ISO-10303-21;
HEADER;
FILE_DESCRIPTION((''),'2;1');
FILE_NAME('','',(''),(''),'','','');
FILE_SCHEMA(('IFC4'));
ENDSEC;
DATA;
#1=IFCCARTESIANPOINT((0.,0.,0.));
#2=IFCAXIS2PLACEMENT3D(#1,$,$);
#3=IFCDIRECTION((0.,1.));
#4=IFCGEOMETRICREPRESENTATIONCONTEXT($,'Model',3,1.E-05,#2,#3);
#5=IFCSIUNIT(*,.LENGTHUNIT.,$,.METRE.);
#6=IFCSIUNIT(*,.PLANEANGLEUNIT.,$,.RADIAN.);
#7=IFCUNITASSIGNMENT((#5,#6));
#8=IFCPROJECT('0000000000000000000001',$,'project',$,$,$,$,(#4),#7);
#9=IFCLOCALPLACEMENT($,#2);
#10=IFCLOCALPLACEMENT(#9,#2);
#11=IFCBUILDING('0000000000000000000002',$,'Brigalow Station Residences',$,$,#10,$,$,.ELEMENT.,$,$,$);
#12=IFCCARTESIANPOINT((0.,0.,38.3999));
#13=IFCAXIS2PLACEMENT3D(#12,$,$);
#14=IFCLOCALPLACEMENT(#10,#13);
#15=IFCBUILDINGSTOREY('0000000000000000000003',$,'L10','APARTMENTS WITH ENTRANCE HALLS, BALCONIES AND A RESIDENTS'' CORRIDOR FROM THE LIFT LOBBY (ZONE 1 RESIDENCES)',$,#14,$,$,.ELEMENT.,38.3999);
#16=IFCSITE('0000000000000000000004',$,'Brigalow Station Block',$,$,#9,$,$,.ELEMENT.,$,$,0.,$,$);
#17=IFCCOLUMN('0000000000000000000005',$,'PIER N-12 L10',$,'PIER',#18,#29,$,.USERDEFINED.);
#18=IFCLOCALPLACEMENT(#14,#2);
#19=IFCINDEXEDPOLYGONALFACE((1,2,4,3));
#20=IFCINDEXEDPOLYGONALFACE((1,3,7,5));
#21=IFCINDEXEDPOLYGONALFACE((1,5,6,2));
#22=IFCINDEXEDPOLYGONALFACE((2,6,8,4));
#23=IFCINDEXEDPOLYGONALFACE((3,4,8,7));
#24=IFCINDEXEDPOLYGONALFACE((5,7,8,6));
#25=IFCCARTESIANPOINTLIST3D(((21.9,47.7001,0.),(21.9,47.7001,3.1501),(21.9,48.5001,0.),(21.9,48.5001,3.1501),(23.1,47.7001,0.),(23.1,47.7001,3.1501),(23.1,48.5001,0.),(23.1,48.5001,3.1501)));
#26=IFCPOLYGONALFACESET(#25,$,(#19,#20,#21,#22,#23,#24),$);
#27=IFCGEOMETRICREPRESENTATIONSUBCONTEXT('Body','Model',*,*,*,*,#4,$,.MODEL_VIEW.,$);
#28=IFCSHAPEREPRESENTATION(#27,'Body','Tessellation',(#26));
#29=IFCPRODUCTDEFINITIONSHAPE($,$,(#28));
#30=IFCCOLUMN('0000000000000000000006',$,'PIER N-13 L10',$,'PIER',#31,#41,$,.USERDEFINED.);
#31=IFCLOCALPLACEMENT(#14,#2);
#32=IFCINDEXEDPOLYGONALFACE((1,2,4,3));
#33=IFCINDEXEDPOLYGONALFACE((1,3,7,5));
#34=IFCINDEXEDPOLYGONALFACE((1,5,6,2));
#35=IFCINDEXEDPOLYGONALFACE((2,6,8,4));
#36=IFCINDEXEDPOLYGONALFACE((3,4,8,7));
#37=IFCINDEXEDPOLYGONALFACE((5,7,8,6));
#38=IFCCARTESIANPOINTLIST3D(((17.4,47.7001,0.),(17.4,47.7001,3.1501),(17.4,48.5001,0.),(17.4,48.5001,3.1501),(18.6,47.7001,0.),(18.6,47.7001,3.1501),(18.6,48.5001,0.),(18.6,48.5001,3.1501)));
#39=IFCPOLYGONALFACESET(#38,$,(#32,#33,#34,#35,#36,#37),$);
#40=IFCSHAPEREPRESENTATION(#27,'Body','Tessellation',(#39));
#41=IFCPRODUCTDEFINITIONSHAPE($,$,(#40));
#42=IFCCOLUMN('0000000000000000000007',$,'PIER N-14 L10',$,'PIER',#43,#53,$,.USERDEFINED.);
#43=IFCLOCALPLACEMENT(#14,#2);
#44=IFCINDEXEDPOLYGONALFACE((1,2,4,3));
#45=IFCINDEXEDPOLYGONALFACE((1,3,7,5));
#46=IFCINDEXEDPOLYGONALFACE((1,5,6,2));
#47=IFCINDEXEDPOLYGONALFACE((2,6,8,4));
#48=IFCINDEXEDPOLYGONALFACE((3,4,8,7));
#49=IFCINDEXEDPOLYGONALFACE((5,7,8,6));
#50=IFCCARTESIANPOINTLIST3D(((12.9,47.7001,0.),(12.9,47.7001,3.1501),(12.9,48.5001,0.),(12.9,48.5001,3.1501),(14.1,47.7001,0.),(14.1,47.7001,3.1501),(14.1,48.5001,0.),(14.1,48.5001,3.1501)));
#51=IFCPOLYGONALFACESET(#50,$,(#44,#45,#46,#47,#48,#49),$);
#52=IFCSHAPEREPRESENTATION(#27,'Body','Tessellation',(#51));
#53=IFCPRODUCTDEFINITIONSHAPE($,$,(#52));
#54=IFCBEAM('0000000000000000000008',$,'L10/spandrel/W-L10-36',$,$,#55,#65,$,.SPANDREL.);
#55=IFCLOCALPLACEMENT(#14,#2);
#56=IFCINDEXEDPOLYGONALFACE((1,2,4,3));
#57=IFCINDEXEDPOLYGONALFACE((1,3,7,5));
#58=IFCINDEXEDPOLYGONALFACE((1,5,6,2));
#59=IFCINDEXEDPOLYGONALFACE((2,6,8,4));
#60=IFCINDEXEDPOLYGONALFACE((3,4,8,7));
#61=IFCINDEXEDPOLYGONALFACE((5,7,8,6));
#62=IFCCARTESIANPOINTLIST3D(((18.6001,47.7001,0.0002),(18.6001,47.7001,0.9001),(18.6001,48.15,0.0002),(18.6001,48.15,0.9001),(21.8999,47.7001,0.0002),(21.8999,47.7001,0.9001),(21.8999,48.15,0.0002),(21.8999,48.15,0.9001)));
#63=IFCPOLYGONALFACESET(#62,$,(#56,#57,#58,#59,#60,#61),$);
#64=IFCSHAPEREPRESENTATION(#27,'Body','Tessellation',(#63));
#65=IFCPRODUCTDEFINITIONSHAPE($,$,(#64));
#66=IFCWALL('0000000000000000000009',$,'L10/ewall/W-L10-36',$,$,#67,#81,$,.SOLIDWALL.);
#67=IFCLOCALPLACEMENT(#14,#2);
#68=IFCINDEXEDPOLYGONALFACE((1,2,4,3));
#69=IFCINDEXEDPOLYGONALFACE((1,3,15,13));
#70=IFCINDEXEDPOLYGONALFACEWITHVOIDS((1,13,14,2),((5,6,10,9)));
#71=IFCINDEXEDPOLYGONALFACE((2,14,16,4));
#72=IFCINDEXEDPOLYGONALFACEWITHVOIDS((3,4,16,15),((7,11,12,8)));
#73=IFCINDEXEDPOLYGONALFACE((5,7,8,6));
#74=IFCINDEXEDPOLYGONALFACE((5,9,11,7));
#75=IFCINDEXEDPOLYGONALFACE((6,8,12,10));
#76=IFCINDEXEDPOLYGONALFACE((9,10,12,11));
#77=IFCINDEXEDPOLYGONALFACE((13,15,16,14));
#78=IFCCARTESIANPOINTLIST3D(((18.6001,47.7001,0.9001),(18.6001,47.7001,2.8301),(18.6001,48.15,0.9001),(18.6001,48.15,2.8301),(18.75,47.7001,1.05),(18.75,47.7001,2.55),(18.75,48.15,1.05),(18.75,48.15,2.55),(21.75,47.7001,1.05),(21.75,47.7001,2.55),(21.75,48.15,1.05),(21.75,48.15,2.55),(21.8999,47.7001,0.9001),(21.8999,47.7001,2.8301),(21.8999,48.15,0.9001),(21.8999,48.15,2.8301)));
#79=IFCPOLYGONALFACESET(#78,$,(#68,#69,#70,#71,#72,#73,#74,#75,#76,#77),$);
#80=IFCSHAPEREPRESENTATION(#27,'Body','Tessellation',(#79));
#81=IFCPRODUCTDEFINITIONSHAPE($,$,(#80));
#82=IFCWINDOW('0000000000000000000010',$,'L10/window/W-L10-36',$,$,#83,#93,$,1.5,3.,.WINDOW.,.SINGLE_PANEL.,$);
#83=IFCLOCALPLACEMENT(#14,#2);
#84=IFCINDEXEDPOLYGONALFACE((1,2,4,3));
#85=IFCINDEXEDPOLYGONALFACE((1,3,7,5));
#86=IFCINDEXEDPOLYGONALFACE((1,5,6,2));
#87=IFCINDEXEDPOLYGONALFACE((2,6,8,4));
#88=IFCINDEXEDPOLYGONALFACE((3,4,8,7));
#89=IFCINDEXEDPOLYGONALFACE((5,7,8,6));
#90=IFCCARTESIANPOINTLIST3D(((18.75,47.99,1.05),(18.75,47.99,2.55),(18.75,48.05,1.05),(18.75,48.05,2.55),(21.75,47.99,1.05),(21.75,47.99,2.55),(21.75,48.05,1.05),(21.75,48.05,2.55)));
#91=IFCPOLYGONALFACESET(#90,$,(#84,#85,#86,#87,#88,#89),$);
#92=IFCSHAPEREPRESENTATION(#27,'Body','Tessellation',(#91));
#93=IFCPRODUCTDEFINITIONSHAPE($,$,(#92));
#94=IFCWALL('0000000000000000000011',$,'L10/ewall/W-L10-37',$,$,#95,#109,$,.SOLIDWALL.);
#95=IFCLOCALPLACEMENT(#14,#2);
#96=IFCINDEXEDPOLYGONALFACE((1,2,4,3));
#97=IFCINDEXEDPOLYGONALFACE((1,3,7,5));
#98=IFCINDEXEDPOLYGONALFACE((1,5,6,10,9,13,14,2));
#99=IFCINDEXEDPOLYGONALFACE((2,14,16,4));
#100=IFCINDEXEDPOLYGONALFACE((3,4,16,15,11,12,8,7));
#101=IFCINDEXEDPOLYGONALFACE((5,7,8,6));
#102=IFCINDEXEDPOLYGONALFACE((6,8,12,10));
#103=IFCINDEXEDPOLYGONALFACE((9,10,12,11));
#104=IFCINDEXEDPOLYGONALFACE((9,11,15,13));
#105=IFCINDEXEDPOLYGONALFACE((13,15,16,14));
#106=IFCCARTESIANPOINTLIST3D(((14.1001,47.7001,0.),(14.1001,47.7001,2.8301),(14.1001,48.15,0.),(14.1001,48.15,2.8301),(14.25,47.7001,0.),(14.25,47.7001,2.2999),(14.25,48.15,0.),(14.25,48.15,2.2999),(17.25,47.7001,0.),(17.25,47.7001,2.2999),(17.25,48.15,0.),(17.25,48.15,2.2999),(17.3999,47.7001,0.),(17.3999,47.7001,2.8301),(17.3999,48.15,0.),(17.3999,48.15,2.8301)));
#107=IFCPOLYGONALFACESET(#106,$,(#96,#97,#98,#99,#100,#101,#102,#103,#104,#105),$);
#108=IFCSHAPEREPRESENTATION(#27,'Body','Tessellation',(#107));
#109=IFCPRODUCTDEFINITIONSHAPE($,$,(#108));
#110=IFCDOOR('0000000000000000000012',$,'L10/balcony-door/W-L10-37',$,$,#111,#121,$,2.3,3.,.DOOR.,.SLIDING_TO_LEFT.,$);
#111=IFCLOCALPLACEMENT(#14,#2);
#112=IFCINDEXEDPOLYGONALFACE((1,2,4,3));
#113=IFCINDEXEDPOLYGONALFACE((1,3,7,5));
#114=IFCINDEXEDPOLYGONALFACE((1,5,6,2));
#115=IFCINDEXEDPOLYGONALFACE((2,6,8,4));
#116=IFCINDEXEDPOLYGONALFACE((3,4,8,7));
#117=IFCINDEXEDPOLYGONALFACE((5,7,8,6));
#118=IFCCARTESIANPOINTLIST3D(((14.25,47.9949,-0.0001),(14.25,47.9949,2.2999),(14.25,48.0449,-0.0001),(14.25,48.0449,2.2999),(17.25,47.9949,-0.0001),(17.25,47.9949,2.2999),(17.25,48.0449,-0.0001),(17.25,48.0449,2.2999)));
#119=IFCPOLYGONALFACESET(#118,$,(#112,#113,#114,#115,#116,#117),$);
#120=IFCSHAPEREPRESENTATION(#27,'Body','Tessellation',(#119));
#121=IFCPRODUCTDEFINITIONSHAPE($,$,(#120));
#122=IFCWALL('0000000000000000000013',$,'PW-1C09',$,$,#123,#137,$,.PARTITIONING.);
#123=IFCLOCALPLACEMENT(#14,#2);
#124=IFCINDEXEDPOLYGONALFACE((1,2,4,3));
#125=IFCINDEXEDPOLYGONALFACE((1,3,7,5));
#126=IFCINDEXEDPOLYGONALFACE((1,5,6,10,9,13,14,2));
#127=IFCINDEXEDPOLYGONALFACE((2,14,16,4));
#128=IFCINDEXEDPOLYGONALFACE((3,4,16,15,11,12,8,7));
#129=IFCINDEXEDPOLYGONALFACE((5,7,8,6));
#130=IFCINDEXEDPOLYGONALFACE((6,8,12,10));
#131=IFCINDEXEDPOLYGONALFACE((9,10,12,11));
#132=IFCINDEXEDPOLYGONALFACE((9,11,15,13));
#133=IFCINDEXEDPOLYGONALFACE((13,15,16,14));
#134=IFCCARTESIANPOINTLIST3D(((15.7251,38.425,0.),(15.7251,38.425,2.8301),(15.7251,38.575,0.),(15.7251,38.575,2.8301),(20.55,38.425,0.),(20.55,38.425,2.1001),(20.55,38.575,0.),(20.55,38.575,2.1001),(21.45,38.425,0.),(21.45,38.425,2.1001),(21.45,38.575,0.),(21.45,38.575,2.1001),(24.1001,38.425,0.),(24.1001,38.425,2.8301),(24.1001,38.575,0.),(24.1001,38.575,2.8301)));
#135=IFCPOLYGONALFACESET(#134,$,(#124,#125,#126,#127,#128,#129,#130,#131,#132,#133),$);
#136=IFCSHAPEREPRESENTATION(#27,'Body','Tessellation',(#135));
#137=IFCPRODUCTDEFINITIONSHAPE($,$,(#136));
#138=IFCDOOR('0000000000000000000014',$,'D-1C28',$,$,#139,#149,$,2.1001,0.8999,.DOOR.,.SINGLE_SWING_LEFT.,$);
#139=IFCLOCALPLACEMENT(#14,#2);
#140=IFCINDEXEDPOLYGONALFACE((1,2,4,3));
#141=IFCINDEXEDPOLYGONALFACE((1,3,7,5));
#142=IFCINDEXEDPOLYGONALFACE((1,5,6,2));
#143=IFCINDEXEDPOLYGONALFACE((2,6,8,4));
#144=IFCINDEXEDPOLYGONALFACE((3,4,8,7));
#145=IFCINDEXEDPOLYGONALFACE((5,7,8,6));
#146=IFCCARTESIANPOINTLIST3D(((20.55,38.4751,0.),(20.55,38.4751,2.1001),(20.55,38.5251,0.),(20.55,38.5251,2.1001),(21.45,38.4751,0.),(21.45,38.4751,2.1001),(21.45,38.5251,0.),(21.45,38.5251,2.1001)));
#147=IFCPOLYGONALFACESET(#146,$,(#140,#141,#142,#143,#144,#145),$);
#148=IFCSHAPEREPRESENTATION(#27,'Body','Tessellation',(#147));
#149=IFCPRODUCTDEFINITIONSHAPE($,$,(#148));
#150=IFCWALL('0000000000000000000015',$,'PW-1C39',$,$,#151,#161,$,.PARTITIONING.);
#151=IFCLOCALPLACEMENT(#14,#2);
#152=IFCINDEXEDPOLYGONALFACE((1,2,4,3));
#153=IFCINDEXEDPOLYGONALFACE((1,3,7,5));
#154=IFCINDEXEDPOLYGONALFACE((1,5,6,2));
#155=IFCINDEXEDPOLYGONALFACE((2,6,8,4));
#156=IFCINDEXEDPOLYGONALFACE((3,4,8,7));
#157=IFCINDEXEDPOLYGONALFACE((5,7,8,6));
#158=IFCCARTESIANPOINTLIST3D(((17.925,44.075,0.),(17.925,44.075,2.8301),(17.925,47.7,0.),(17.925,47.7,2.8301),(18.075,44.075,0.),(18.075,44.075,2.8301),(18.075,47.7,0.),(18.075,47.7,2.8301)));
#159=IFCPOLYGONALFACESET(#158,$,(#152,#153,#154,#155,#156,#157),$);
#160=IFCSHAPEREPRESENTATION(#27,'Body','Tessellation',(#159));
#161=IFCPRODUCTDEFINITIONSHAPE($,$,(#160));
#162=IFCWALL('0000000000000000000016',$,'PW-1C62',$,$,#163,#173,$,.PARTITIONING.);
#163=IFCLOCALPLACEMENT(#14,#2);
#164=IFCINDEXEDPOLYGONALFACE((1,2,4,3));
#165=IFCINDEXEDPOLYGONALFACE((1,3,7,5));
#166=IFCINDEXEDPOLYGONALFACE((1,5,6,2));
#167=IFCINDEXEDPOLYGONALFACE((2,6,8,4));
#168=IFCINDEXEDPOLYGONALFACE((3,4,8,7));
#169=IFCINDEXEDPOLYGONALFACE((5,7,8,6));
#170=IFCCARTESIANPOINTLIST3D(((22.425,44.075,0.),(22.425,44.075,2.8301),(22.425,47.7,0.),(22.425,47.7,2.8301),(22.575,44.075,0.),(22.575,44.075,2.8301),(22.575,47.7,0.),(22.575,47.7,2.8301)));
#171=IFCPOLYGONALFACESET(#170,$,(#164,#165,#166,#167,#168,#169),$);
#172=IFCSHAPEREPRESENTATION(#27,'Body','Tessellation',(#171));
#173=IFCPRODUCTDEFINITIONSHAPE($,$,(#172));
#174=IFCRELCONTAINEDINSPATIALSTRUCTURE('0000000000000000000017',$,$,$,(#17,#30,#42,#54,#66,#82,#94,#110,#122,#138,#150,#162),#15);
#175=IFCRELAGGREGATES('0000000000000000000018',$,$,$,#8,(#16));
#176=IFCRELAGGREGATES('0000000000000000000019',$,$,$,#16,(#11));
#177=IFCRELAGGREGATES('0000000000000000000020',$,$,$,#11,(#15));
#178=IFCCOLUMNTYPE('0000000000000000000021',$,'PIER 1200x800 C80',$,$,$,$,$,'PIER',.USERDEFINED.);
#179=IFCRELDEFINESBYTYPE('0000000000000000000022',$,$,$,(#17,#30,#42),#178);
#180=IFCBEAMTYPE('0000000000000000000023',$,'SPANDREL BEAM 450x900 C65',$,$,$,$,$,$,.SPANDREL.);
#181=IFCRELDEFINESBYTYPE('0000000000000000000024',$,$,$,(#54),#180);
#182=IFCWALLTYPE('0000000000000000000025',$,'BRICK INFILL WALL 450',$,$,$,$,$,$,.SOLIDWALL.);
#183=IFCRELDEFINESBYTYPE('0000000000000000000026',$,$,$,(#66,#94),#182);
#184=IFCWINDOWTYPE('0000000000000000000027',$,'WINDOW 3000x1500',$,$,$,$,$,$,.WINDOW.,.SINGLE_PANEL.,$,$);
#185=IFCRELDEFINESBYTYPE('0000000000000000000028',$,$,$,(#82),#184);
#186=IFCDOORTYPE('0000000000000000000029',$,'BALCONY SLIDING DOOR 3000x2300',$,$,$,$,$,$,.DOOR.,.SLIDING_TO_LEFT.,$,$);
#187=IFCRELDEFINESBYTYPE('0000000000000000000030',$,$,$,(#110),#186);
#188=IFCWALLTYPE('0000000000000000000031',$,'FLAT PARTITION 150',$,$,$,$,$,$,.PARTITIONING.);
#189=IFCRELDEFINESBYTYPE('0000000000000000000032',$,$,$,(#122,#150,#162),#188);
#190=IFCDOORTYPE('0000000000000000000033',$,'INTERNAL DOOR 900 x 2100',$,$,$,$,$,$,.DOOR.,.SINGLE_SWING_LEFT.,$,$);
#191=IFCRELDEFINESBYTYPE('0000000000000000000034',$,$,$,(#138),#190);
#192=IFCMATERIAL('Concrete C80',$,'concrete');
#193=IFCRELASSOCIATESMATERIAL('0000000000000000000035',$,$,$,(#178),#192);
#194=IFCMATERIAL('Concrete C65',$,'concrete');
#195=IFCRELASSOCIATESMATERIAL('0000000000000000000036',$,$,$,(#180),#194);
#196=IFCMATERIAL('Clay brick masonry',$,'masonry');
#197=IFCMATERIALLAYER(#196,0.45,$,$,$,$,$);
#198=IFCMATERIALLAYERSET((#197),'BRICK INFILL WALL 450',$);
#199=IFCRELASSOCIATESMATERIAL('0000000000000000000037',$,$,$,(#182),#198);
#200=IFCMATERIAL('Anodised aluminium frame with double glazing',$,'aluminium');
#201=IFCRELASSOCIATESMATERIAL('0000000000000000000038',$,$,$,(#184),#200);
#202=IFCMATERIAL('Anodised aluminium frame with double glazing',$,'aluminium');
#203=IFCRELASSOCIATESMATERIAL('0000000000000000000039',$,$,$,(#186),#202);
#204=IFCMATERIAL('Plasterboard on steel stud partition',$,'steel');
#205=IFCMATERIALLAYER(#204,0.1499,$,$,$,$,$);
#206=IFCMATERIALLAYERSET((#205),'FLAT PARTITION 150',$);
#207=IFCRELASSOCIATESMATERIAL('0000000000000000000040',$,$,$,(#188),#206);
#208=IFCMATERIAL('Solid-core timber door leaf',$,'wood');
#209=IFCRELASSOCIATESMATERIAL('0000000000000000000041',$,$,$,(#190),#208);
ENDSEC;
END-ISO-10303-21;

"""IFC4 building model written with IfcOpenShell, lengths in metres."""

from ifc_helpers import new_model, si_unit, direction, frame, frame_2d, origin, origin_2d, place, context, subcontext, project, spatial, rectangle, extrude, material, layer, layer_set, material_profile, profile_set, type_object, element, fill, save


model = new_model("IFC4")

# Units and contexts
model_context = context("Model", 3, precision=1e-05, world=origin(), true_north=direction((0.0, 1.0)))
body_context = subcontext(model_context, "Body", "Model", "MODEL_VIEW")
ifc_project = project(units=[si_unit("LENGTHUNIT", "METRE"), si_unit("PLANEANGLEUNIT", "RADIAN")], contexts=[model_context])

# Site, building, storey
site_placement = place(None, origin())
site = spatial("IfcSite", under=ifc_project, at=site_placement, Name="Brigalow Station Block", CompositionType="ELEMENT", RefElevation=0.0)
building_placement = place(site_placement, origin())
building = spatial("IfcBuilding", under=site, at=building_placement, Name="Brigalow Station Residences", CompositionType="ELEMENT")
storey_placement = place(building_placement, frame((0.0, 0.0, 38.3999)))
storey = spatial("IfcBuildingStorey", under=building, at=storey_placement, Name="L10", Description="APARTMENTS WITH ENTRANCE HALLS, BALCONIES AND A RESIDENTS' CORRIDOR FROM THE LIFT LOBBY (ZONE 1 RESIDENCES)", CompositionType="ELEMENT", Elevation=38.3999)

# Columns
ifc_material_1 = material(Name="Concrete C80", Category="concrete")
ifc_material_profile_1 = material_profile(ifc_material_1, rectangle(XDim=1.2, YDim=0.8, at=origin_2d()), Name="RC1200x800")
ifc_profile_set_1 = profile_set([ifc_material_profile_1], Name="Concrete C80")
column_type = type_object("IfcColumnType", Name="PIER 1200x800 C80", ElementType="PIER", PredefinedType="USERDEFINED", material=ifc_profile_set_1)
for number, where, z_axis, x_axis, name in (
    (1, (22.5, 48.1001, 0.0), (0.0, 0.0, 1.0), (-1.0, 0.0, 0.0), "PIER N-12 L10"),
    (2, (18.0, 48.1001, 0.0), (0.0, 0.0, 1.0), (-1.0, 0.0, 0.0), "PIER N-13 L10"),
    (3, (13.5, 48.1001, 0.0), (0.0, 0.0, 1.0), (-1.0, 0.0, 0.0), "PIER N-14 L10"),
):
    element("IfcColumn", number, at=place(storey_placement, frame(where, z_axis=z_axis, x_axis=x_axis)), inside=storey, type_object=column_type, Name=name, ObjectType="PIER", PredefinedType="USERDEFINED", context=body_context, shape_type="SweptSolid", body=[
        extrude(rectangle(XDim=1.2, YDim=0.8, at=origin_2d()), origin(), (0.0, 0.0, 1.0), 3.1501),
    ])

# Beam
ifc_material_2 = material(Name="Concrete C65", Category="concrete")
ifc_material_profile_2 = material_profile(ifc_material_2, rectangle(XDim=0.45, YDim=0.8999, at=origin_2d()), Name="RC450x900")
ifc_profile_set_2 = profile_set([ifc_material_profile_2], Name="Concrete C65")
beam_type = type_object("IfcBeamType", Name="SPANDREL BEAM 450x900 C65", PredefinedType="SPANDREL", material=ifc_profile_set_2)
beam_placement = place(storey_placement, frame((21.8999, 47.925, 0.4502), z_axis=(-1.0, 0.0, 0.0), x_axis=(0.0, -1.0, 0.0)))
element("IfcBeam", 4, at=beam_placement, inside=storey, type_object=beam_type, Name="L10/spandrel/W-L10-36", PredefinedType="SPANDREL", context=body_context, shape_type="SweptSolid", body=[
    extrude(rectangle(XDim=0.45, YDim=0.8999, at=origin_2d()), origin(), (0.0, 0.0, 1.0), 3.2998),
])

# Wall, opening, window
ifc_material_3 = material(Name="Clay brick masonry", Category="masonry")
ifc_layer_1 = layer(ifc_material_3, 0.45)
ifc_layer_set_1 = layer_set([ifc_layer_1], Name="BRICK INFILL WALL 450")
wall_type_1 = type_object("IfcWallType", Name="BRICK INFILL WALL 450", PredefinedType="SOLIDWALL", material=ifc_layer_set_1)
wall_1_placement = place(storey_placement, frame((21.8999, 47.925, 0.9001), z_axis=(0.0, 0.0, 1.0), x_axis=(-1.0, 0.0, 0.0)))
wall_1 = element("IfcWall", 5, at=wall_1_placement, inside=storey, type_object=wall_type_1, Name="L10/ewall/W-L10-36", PredefinedType="SOLIDWALL", context=body_context, shape_type="SweptSolid", body=[
    extrude(rectangle(XDim=3.2998, YDim=0.45, at=frame_2d((1.6499, 0.0))), origin(), (0.0, 0.0, 1.0), 1.9299),
])
opening_1_placement = place(wall_1_placement, frame((0.1499, 0.0, 0.1499)))
opening_1 = element("IfcOpeningElement", 6, at=opening_1_placement, cuts=wall_1, PredefinedType="OPENING", context=body_context, shape_type="SweptSolid", body=[
    extrude(rectangle(XDim=3.0, YDim=1.5, at=frame_2d((1.5, 0.75))), frame((0.0, 0.2349, 0.0), z_axis=(0.0, -1.0, 0.0), x_axis=(1.0, 0.0, 0.0)), (0.0, 0.0, 1.0), 0.47),
])
ifc_material_4 = material(Name="Anodised aluminium frame with double glazing", Category="aluminium")
window_type = type_object("IfcWindowType", Name="WINDOW 3000x1500", PartitioningType="SINGLE_PANEL", PredefinedType="WINDOW", material=ifc_material_4)
window_placement = place(opening_1_placement, origin())
window = element("IfcWindow", 7, at=window_placement, inside=storey, type_object=window_type, Name="L10/window/W-L10-36", OverallHeight=1.5, OverallWidth=3.0, PartitioningType="SINGLE_PANEL", PredefinedType="WINDOW", context=body_context, shape_type="SweptSolid", body=[
    extrude(rectangle(XDim=3.0, YDim=1.5, at=frame_2d((1.5, 0.75))), frame((0.0, -0.0649, 0.0), z_axis=(0.0, -1.0, 0.0), x_axis=(1.0, 0.0, 0.0)), (0.0, 0.0, 1.0), 0.0601),
])
fill(opening_1, window)

# Walls, openings, doors
wall_2_placement = place(storey_placement, frame((17.3999, 47.925, 0.0), z_axis=(0.0, 0.0, 1.0), x_axis=(-1.0, 0.0, 0.0)))
wall_2 = element("IfcWall", 8, at=wall_2_placement, inside=storey, type_object=wall_type_1, Name="L10/ewall/W-L10-37", PredefinedType="SOLIDWALL", context=body_context, shape_type="SweptSolid", body=[
    extrude(rectangle(XDim=3.2998, YDim=0.45, at=frame_2d((1.6499, 0.0))), origin(), (0.0, 0.0, 1.0), 2.8301),
])
opening_2_placement = place(wall_2_placement, frame((0.1499, 0.0, 0.0)))
opening_2 = element("IfcOpeningElement", 9, at=opening_2_placement, cuts=wall_2, PredefinedType="OPENING", context=body_context, shape_type="SweptSolid", body=[
    extrude(rectangle(XDim=3.0, YDim=2.3, at=frame_2d((1.5, 1.1499))), frame((0.0, 0.2349, 0.0), z_axis=(0.0, -1.0, 0.0), x_axis=(1.0, 0.0, 0.0)), (0.0, 0.0, 1.0), 0.47),
])
ifc_material_5 = material(Name="Anodised aluminium frame with double glazing", Category="aluminium")
door_type_1 = type_object("IfcDoorType", Name="BALCONY SLIDING DOOR 3000x2300", OperationType="SLIDING_TO_LEFT", PredefinedType="DOOR", material=ifc_material_5)
door_1_placement = place(opening_2_placement, origin())
door_1 = element("IfcDoor", 10, at=door_1_placement, inside=storey, type_object=door_type_1, Name="L10/balcony-door/W-L10-37", OperationType="SLIDING_TO_LEFT", OverallHeight=2.3, OverallWidth=3.0, PredefinedType="DOOR", context=body_context, shape_type="SweptSolid", body=[
    extrude(rectangle(XDim=3.0, YDim=2.3, at=frame_2d((1.5, 1.1499))), frame((0.0, -0.0698, 0.0), z_axis=(0.0, -1.0, 0.0), x_axis=(1.0, 0.0, 0.0)), (0.0, 0.0, 1.0), 0.05),
])
fill(opening_2, door_1)
ifc_material_6 = material(Name="Plasterboard on steel stud partition", Category="steel")
ifc_layer_2 = layer(ifc_material_6, 0.1499)
ifc_layer_set_2 = layer_set([ifc_layer_2], Name="FLAT PARTITION 150")
wall_type_2 = type_object("IfcWallType", Name="FLAT PARTITION 150", PredefinedType="PARTITIONING", material=ifc_layer_set_2)
wall_3_placement = place(storey_placement, frame((15.7251, 38.5, 0.0), z_axis=(0.0, 0.0, 1.0), x_axis=(1.0, 0.0, 0.0)))
wall_3 = element("IfcWall", 11, at=wall_3_placement, inside=storey, type_object=wall_type_2, Name="PW-1C09", PredefinedType="PARTITIONING", context=body_context, shape_type="SweptSolid", body=[
    extrude(rectangle(XDim=8.375, YDim=0.1499, at=frame_2d((4.1875, 0.0))), origin(), (0.0, 0.0, 1.0), 2.8301),
])
opening_3_placement = place(wall_3_placement, frame((4.825, 0.0, 0.0)))
opening_3 = element("IfcOpeningElement", 12, at=opening_3_placement, cuts=wall_3, PredefinedType="OPENING", context=body_context, shape_type="SweptSolid", body=[
    extrude(rectangle(XDim=0.8999, YDim=2.1001, at=frame_2d((0.45, 1.05))), frame((0.0, 0.085, 0.0), z_axis=(0.0, -1.0, 0.0), x_axis=(1.0, 0.0, 0.0)), (0.0, 0.0, 1.0), 0.1699),
])
ifc_material_7 = material(Name="Solid-core timber door leaf", Category="wood")
door_type_2 = type_object("IfcDoorType", Name="INTERNAL DOOR 900 x 2100", OperationType="SINGLE_SWING_LEFT", PredefinedType="DOOR", material=ifc_material_7)
door_2_placement = place(opening_3_placement, frame((0.8999, 0.0, 0.0), z_axis=(0.0, 0.0, 1.0), x_axis=(-1.0, 0.0, 0.0)))
door_2 = element("IfcDoor", 13, at=door_2_placement, inside=storey, type_object=door_type_2, Name="D-1C28", OperationType="SINGLE_SWING_LEFT", OverallHeight=2.1001, OverallWidth=0.8999, PredefinedType="DOOR", context=body_context, shape_type="SweptSolid", body=[
    extrude(rectangle(XDim=0.8999, YDim=2.1001, at=frame_2d((0.45, 1.05))), frame((0.0, 0.0249, 0.0), z_axis=(0.0, -1.0, 0.0), x_axis=(1.0, 0.0, 0.0)), (0.0, 0.0, 1.0), 0.05),
])
fill(opening_3, door_2)

# Walls
for number, where, z_axis, x_axis, name in (
    (14, (18.0, 44.075, 0.0), (0.0, 0.0, 1.0), (0.0, 1.0, 0.0), "PW-1C39"),
    (15, (22.5, 44.075, 0.0), (0.0, 0.0, 1.0), (0.0, 1.0, 0.0), "PW-1C62"),
):
    element("IfcWall", number, at=place(storey_placement, frame(where, z_axis=z_axis, x_axis=x_axis)), inside=storey, type_object=wall_type_2, Name=name, PredefinedType="PARTITIONING", context=body_context, shape_type="SweptSolid", body=[
        extrude(rectangle(XDim=3.625, YDim=0.1499, at=frame_2d((1.8125, 0.0))), origin(), (0.0, 0.0, 1.0), 2.8301),
    ])

save(model, "model.ifc")
